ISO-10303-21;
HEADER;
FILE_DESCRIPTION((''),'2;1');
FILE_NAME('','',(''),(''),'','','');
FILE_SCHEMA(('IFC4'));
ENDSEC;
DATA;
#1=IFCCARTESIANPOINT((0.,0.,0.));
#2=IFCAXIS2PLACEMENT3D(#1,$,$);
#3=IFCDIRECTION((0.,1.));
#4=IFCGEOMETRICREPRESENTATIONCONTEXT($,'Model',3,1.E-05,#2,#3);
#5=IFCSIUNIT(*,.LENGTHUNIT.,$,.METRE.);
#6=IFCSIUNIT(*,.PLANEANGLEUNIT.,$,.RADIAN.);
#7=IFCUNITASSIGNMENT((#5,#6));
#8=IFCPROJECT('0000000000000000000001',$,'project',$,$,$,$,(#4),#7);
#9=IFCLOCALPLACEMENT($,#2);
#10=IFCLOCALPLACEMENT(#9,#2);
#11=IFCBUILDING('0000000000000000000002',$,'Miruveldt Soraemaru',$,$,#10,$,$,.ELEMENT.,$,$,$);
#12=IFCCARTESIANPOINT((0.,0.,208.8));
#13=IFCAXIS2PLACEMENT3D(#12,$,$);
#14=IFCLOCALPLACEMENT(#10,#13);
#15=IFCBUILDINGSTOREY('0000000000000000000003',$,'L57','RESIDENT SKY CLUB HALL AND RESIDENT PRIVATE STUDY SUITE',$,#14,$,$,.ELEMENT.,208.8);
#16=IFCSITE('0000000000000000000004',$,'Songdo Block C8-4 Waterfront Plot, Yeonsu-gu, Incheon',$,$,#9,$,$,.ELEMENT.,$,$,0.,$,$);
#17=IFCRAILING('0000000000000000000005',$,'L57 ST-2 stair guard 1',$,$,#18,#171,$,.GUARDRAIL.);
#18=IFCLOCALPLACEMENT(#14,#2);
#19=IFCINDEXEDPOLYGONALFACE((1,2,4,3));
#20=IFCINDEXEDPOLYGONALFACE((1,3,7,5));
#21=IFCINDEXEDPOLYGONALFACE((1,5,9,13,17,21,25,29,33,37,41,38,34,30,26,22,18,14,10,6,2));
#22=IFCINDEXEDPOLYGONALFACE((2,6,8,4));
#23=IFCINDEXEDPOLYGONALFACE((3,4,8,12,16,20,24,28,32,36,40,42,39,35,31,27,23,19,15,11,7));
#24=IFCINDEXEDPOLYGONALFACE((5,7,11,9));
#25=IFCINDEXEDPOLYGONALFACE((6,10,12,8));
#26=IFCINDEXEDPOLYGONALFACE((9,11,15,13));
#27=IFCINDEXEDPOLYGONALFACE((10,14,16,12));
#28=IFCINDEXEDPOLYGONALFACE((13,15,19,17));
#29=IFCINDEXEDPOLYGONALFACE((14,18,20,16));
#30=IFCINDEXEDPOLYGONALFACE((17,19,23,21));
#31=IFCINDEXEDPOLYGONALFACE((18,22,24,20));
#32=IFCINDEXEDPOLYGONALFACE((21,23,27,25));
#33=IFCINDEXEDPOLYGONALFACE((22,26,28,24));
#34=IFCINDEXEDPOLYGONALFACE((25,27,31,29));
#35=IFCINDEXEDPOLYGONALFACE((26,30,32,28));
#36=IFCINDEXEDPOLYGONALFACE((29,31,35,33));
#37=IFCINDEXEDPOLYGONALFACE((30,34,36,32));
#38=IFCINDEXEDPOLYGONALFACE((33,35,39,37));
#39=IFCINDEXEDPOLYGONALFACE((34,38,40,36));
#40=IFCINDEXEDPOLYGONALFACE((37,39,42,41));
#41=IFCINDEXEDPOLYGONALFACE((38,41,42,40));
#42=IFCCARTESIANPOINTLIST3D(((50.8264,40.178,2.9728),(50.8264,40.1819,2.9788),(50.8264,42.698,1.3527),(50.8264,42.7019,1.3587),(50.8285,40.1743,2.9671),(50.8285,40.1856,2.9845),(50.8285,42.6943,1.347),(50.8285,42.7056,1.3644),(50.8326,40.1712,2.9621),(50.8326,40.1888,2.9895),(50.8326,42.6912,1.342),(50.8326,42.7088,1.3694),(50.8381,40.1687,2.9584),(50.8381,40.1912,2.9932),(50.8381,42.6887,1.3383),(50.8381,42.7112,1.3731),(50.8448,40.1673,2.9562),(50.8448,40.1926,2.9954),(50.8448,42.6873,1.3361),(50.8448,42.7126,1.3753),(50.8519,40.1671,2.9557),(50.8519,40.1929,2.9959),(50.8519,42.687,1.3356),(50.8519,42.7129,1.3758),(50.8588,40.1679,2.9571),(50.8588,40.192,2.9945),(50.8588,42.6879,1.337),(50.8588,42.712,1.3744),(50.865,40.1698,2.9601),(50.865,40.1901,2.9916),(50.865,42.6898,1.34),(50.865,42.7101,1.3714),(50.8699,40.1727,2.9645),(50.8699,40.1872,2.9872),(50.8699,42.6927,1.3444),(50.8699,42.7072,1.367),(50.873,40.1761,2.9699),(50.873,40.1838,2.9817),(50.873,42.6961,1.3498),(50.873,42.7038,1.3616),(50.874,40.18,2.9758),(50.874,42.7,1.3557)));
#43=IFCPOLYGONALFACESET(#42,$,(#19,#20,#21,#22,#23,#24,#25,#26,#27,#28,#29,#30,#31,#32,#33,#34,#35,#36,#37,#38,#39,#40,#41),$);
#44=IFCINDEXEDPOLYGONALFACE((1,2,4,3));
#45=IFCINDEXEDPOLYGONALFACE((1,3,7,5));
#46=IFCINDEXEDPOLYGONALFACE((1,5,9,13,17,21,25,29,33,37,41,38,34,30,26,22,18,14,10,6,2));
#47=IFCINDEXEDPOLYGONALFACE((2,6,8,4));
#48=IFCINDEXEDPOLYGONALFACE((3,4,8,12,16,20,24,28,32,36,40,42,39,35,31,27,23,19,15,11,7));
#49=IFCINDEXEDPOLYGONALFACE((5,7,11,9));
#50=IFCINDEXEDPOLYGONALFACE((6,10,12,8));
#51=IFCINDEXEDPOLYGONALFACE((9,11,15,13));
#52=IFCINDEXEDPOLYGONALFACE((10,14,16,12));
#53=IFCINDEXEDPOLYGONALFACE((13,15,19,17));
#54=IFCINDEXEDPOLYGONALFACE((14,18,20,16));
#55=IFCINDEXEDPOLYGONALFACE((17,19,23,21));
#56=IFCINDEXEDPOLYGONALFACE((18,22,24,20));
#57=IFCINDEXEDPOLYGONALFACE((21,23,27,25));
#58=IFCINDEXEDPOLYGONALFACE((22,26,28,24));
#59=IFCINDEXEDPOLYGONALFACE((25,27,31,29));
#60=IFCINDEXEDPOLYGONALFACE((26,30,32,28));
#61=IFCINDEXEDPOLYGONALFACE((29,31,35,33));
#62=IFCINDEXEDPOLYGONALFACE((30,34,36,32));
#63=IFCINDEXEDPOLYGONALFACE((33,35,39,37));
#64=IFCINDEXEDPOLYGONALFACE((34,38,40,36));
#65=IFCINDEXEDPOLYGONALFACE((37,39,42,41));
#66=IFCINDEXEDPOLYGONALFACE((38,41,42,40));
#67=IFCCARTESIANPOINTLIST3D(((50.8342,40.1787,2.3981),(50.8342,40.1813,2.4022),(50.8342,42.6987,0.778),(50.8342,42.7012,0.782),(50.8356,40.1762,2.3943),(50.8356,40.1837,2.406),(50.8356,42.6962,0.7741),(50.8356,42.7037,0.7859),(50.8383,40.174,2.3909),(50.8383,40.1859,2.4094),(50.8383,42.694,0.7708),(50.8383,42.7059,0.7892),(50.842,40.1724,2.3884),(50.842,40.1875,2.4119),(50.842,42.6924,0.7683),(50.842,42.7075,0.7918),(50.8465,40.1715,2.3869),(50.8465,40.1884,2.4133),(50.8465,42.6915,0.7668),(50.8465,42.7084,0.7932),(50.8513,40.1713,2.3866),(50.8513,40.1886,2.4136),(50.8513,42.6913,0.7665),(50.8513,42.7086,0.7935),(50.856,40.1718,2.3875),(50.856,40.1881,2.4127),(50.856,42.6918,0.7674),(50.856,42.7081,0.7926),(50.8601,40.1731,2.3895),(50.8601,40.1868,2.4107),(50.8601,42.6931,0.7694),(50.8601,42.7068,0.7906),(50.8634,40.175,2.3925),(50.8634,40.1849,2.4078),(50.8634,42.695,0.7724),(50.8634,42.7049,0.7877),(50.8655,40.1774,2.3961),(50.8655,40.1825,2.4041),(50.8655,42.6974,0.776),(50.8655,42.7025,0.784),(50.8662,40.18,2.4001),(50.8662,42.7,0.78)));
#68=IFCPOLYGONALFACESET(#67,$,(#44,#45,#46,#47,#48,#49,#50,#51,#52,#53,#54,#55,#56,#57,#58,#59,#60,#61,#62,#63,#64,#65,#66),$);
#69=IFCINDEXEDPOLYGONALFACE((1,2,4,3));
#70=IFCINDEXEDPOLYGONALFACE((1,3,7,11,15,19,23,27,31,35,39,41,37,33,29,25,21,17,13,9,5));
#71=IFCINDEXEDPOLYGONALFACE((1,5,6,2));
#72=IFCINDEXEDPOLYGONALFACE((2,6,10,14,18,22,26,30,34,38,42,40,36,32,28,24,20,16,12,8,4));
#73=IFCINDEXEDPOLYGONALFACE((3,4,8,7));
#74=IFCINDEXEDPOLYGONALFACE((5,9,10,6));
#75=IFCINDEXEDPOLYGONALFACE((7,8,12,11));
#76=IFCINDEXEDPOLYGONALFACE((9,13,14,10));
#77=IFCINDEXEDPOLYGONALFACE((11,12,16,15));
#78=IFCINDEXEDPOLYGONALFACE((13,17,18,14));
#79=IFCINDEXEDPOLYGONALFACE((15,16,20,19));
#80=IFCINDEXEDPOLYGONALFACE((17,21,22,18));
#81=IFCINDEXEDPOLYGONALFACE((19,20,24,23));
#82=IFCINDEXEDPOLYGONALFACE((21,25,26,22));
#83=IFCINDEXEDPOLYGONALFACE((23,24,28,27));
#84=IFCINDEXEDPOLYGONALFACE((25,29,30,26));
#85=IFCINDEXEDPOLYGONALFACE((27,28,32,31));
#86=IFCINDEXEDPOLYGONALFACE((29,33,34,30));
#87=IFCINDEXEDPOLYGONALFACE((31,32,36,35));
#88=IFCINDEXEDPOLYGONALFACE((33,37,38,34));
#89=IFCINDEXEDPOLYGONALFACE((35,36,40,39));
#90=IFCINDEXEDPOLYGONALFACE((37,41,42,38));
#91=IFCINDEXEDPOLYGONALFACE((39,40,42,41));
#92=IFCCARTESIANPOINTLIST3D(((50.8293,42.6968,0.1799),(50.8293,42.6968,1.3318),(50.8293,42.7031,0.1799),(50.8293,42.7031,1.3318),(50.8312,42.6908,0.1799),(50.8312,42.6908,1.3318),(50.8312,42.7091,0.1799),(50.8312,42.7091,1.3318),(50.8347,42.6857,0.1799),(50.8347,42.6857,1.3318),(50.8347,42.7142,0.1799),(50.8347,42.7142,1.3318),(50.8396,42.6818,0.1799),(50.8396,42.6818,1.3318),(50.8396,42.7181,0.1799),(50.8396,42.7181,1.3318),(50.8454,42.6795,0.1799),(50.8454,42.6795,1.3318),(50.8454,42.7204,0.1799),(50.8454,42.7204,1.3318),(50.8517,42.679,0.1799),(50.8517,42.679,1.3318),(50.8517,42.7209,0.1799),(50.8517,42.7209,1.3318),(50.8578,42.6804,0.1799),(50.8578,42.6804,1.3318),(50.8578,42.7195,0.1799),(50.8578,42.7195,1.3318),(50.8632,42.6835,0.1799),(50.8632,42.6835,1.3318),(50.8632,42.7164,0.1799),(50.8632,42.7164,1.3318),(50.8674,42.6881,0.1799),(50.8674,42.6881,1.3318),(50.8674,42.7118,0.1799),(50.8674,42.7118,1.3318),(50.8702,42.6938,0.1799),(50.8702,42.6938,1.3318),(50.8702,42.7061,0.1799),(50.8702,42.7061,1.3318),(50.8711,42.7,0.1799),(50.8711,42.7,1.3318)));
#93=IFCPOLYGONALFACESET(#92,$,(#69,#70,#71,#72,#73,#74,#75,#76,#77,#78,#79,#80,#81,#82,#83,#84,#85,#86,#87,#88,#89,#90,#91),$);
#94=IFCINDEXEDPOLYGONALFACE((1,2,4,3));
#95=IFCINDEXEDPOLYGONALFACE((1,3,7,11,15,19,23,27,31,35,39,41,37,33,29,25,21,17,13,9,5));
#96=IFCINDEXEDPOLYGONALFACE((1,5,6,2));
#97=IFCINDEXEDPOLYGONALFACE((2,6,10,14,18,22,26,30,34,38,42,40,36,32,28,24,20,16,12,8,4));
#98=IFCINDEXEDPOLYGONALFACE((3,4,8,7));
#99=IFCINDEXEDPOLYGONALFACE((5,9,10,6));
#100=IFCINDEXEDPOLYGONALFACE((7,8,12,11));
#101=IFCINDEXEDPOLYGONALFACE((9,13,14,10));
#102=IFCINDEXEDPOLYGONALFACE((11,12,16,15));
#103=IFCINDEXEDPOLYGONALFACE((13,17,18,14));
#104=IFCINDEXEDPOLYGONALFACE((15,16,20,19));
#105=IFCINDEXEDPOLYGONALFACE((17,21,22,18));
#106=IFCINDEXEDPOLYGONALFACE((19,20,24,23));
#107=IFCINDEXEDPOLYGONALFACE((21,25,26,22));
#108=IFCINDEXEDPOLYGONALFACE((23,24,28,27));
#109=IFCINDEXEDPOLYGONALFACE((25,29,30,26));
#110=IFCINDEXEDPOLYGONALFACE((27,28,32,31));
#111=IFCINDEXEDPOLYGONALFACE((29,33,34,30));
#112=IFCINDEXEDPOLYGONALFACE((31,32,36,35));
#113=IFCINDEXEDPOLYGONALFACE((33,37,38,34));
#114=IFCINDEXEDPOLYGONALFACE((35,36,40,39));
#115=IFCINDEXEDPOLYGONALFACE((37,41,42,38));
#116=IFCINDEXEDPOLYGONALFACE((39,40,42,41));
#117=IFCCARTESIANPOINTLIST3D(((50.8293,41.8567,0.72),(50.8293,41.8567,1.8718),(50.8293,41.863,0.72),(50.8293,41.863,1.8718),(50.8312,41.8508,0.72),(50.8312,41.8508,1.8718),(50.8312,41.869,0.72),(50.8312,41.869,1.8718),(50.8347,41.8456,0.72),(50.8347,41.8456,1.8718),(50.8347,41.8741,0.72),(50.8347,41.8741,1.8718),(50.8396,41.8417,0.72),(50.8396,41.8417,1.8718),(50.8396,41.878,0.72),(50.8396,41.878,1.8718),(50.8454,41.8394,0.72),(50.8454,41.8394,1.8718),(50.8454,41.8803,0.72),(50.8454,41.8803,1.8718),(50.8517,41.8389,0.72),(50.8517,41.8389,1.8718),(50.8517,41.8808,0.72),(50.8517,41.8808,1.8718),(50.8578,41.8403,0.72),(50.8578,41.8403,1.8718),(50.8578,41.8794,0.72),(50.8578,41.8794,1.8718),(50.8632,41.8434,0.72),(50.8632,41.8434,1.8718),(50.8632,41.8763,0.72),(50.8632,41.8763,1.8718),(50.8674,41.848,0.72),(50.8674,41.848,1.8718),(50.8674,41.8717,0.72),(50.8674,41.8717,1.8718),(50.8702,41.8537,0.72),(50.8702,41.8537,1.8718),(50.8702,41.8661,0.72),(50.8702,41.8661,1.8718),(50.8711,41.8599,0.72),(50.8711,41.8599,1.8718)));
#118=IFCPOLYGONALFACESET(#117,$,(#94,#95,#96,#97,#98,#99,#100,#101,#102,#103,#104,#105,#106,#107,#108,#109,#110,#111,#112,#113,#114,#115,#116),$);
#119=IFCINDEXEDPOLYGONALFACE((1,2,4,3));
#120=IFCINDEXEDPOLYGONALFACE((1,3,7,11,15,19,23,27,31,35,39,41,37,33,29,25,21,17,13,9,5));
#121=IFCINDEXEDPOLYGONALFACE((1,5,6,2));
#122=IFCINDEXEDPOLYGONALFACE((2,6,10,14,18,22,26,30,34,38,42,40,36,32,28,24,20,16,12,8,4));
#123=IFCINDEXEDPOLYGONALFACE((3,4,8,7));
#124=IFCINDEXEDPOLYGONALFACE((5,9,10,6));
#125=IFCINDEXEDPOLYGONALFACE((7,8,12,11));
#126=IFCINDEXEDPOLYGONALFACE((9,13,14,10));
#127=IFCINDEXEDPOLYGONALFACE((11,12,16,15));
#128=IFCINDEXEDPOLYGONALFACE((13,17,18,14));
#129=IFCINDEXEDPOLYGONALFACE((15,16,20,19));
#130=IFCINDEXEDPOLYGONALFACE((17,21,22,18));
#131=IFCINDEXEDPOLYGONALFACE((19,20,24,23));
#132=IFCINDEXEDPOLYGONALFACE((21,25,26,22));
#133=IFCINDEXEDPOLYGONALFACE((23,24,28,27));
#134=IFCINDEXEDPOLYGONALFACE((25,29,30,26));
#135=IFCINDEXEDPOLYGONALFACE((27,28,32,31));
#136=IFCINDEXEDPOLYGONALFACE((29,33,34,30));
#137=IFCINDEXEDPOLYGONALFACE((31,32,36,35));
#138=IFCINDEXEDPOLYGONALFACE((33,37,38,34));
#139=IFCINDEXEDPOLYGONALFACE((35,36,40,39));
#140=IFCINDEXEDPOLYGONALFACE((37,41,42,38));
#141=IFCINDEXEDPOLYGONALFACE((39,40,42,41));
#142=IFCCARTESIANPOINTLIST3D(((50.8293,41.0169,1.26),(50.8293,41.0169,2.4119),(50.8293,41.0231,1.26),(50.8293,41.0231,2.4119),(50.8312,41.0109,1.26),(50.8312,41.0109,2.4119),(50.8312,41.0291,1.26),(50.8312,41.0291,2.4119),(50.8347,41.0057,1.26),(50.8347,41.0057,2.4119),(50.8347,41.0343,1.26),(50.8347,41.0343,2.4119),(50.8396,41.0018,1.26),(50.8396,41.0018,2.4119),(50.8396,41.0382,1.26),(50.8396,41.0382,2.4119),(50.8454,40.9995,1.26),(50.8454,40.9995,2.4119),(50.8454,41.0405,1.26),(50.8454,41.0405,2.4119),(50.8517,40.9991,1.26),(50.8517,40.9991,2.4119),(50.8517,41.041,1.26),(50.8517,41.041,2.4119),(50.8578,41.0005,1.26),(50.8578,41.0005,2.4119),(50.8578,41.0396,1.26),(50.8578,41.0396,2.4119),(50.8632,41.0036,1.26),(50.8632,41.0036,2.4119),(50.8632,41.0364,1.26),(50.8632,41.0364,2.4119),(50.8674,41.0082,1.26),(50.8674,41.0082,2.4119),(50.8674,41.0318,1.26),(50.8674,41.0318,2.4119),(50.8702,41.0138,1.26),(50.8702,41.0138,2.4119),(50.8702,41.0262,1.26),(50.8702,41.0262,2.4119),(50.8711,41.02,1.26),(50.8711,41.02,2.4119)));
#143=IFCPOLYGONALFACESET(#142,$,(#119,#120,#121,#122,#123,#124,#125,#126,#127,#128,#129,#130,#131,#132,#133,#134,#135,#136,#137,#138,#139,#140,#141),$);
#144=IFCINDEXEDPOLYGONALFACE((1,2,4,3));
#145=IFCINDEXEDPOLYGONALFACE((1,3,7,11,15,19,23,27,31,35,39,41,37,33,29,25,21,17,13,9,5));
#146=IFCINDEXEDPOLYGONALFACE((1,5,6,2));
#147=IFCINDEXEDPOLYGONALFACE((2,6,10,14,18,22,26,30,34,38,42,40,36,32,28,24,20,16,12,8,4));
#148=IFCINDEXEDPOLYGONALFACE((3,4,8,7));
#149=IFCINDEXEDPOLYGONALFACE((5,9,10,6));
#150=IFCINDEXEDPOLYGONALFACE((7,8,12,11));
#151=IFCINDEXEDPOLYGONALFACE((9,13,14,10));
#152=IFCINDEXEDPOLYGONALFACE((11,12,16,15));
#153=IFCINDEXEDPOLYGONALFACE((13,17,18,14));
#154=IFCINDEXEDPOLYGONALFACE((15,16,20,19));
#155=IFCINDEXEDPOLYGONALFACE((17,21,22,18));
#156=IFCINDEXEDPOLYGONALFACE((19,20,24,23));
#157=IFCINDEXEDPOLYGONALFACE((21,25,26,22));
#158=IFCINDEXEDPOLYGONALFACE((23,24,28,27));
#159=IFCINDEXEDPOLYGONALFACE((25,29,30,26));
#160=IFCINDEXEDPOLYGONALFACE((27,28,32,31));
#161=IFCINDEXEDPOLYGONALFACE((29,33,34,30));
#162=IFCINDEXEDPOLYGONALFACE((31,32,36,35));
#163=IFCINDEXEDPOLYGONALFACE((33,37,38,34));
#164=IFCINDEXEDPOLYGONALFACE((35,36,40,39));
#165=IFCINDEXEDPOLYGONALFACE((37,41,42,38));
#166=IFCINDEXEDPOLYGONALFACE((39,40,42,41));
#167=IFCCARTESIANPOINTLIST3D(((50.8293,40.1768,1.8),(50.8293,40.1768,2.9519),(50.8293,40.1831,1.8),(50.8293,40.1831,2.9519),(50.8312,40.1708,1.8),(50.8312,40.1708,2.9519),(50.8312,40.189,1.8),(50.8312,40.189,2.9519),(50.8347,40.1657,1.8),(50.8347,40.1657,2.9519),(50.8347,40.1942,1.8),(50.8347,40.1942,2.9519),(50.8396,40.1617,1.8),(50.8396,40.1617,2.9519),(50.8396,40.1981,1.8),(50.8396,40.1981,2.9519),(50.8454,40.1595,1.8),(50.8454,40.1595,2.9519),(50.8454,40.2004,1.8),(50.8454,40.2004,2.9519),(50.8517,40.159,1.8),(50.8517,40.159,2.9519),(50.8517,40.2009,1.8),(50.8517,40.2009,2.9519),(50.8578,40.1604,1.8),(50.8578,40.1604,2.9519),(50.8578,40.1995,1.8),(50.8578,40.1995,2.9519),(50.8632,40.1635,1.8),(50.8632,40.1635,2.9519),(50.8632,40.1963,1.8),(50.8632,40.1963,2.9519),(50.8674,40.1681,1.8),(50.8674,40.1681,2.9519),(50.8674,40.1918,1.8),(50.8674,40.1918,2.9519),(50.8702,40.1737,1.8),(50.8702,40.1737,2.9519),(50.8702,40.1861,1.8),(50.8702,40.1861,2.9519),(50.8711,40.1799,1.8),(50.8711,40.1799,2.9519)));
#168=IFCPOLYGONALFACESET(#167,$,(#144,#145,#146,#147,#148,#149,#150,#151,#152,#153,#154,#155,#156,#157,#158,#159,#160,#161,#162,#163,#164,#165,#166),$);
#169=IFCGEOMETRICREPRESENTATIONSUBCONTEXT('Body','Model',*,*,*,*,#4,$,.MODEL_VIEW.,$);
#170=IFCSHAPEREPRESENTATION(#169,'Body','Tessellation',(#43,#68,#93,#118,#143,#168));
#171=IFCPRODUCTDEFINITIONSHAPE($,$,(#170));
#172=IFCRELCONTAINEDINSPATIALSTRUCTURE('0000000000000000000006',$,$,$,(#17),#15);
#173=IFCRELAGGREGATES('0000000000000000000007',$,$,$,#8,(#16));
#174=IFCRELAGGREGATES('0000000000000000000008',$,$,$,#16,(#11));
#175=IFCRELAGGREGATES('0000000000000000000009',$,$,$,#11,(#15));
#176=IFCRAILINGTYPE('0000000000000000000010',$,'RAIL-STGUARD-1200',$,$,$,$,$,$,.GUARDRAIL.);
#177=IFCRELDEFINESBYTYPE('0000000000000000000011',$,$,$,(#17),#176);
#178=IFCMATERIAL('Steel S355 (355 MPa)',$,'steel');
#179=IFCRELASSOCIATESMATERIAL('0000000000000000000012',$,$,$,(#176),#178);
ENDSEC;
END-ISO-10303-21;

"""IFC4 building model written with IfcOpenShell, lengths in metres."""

from ifc_helpers import new_model, si_unit, direction, frame, origin, origin_2d, place, context, subcontext, project, spatial, circle, extrude, material, type_object, element, save


model = new_model("IFC4")

# Units and contexts
model_context = context("Model", 3, precision=1e-05, world=origin(), true_north=direction((0.0, 1.0)))
body_context = subcontext(model_context, "Body", "Model", "MODEL_VIEW")
ifc_project = project(units=[si_unit("LENGTHUNIT", "METRE"), si_unit("PLANEANGLEUNIT", "RADIAN")], contexts=[model_context])

# Site, building, storey
site_placement = place(None, origin())
site = spatial("IfcSite", under=ifc_project, at=site_placement, Name="Songdo Block C8-4 Waterfront Plot, Yeonsu-gu, Incheon", CompositionType="ELEMENT", RefElevation=0.0)
building_placement = place(site_placement, origin())
building = spatial("IfcBuilding", under=site, at=building_placement, Name="Miruveldt Soraemaru", CompositionType="ELEMENT")
storey_placement = place(building_placement, frame((0.0, 0.0, 208.8)))
storey = spatial("IfcBuildingStorey", under=building, at=storey_placement, Name="L57", Description="RESIDENT SKY CLUB HALL AND RESIDENT PRIVATE STUDY SUITE", CompositionType="ELEMENT", Elevation=208.8)

# Railing
ifc_material_1 = material(Name="Steel S355 (355 MPa)", Category="steel")
railing_type_1 = type_object("IfcRailingType", Name="RAIL-STGUARD-1200", PredefinedType="GUARDRAIL", material=ifc_material_1)
railing_1_placement = place(storey_placement, frame((50.8501, 42.7, 0.1799)))
element("IfcRailing", 1, at=railing_1_placement, inside=storey, type_object=railing_type_1, Name="L57 ST-2 stair guard 1", PredefinedType="GUARDRAIL", context=body_context, shape_type="SweptSolid", body=[
    extrude(circle(Radius=0.0239, at=origin_2d()), frame((0.0, 0.0, 1.1758), z_axis=(0.0, -0.841163, 0.540782), x_axis=(1.0, 0.0, 0.0)), (0.0, 0.0, 1.0), 2.9958),
    extrude(circle(Radius=0.0161, at=origin_2d()), frame((0.0, 0.0, 0.6001), z_axis=(0.0, -0.841163, 0.540782), x_axis=(1.0, 0.0, 0.0)), (0.0, 0.0, 1.0), 2.9958),
    extrude(circle(Radius=0.021, at=origin_2d()), origin(), (0.0, 0.0, 1.0), 1.1519),
    extrude(circle(Radius=0.021, at=origin_2d()), frame((0.0, -0.8401, 0.54)), (0.0, 0.0, 1.0), 1.1519),
    extrude(circle(Radius=0.021, at=origin_2d()), frame((0.0, -1.6799, 1.0801)), (0.0, 0.0, 1.0), 1.1519),
    extrude(circle(Radius=0.021, at=origin_2d()), frame((0.0, -2.52, 1.6201)), (0.0, 0.0, 1.0), 1.1519),
])

save(model, "model.ifc")
